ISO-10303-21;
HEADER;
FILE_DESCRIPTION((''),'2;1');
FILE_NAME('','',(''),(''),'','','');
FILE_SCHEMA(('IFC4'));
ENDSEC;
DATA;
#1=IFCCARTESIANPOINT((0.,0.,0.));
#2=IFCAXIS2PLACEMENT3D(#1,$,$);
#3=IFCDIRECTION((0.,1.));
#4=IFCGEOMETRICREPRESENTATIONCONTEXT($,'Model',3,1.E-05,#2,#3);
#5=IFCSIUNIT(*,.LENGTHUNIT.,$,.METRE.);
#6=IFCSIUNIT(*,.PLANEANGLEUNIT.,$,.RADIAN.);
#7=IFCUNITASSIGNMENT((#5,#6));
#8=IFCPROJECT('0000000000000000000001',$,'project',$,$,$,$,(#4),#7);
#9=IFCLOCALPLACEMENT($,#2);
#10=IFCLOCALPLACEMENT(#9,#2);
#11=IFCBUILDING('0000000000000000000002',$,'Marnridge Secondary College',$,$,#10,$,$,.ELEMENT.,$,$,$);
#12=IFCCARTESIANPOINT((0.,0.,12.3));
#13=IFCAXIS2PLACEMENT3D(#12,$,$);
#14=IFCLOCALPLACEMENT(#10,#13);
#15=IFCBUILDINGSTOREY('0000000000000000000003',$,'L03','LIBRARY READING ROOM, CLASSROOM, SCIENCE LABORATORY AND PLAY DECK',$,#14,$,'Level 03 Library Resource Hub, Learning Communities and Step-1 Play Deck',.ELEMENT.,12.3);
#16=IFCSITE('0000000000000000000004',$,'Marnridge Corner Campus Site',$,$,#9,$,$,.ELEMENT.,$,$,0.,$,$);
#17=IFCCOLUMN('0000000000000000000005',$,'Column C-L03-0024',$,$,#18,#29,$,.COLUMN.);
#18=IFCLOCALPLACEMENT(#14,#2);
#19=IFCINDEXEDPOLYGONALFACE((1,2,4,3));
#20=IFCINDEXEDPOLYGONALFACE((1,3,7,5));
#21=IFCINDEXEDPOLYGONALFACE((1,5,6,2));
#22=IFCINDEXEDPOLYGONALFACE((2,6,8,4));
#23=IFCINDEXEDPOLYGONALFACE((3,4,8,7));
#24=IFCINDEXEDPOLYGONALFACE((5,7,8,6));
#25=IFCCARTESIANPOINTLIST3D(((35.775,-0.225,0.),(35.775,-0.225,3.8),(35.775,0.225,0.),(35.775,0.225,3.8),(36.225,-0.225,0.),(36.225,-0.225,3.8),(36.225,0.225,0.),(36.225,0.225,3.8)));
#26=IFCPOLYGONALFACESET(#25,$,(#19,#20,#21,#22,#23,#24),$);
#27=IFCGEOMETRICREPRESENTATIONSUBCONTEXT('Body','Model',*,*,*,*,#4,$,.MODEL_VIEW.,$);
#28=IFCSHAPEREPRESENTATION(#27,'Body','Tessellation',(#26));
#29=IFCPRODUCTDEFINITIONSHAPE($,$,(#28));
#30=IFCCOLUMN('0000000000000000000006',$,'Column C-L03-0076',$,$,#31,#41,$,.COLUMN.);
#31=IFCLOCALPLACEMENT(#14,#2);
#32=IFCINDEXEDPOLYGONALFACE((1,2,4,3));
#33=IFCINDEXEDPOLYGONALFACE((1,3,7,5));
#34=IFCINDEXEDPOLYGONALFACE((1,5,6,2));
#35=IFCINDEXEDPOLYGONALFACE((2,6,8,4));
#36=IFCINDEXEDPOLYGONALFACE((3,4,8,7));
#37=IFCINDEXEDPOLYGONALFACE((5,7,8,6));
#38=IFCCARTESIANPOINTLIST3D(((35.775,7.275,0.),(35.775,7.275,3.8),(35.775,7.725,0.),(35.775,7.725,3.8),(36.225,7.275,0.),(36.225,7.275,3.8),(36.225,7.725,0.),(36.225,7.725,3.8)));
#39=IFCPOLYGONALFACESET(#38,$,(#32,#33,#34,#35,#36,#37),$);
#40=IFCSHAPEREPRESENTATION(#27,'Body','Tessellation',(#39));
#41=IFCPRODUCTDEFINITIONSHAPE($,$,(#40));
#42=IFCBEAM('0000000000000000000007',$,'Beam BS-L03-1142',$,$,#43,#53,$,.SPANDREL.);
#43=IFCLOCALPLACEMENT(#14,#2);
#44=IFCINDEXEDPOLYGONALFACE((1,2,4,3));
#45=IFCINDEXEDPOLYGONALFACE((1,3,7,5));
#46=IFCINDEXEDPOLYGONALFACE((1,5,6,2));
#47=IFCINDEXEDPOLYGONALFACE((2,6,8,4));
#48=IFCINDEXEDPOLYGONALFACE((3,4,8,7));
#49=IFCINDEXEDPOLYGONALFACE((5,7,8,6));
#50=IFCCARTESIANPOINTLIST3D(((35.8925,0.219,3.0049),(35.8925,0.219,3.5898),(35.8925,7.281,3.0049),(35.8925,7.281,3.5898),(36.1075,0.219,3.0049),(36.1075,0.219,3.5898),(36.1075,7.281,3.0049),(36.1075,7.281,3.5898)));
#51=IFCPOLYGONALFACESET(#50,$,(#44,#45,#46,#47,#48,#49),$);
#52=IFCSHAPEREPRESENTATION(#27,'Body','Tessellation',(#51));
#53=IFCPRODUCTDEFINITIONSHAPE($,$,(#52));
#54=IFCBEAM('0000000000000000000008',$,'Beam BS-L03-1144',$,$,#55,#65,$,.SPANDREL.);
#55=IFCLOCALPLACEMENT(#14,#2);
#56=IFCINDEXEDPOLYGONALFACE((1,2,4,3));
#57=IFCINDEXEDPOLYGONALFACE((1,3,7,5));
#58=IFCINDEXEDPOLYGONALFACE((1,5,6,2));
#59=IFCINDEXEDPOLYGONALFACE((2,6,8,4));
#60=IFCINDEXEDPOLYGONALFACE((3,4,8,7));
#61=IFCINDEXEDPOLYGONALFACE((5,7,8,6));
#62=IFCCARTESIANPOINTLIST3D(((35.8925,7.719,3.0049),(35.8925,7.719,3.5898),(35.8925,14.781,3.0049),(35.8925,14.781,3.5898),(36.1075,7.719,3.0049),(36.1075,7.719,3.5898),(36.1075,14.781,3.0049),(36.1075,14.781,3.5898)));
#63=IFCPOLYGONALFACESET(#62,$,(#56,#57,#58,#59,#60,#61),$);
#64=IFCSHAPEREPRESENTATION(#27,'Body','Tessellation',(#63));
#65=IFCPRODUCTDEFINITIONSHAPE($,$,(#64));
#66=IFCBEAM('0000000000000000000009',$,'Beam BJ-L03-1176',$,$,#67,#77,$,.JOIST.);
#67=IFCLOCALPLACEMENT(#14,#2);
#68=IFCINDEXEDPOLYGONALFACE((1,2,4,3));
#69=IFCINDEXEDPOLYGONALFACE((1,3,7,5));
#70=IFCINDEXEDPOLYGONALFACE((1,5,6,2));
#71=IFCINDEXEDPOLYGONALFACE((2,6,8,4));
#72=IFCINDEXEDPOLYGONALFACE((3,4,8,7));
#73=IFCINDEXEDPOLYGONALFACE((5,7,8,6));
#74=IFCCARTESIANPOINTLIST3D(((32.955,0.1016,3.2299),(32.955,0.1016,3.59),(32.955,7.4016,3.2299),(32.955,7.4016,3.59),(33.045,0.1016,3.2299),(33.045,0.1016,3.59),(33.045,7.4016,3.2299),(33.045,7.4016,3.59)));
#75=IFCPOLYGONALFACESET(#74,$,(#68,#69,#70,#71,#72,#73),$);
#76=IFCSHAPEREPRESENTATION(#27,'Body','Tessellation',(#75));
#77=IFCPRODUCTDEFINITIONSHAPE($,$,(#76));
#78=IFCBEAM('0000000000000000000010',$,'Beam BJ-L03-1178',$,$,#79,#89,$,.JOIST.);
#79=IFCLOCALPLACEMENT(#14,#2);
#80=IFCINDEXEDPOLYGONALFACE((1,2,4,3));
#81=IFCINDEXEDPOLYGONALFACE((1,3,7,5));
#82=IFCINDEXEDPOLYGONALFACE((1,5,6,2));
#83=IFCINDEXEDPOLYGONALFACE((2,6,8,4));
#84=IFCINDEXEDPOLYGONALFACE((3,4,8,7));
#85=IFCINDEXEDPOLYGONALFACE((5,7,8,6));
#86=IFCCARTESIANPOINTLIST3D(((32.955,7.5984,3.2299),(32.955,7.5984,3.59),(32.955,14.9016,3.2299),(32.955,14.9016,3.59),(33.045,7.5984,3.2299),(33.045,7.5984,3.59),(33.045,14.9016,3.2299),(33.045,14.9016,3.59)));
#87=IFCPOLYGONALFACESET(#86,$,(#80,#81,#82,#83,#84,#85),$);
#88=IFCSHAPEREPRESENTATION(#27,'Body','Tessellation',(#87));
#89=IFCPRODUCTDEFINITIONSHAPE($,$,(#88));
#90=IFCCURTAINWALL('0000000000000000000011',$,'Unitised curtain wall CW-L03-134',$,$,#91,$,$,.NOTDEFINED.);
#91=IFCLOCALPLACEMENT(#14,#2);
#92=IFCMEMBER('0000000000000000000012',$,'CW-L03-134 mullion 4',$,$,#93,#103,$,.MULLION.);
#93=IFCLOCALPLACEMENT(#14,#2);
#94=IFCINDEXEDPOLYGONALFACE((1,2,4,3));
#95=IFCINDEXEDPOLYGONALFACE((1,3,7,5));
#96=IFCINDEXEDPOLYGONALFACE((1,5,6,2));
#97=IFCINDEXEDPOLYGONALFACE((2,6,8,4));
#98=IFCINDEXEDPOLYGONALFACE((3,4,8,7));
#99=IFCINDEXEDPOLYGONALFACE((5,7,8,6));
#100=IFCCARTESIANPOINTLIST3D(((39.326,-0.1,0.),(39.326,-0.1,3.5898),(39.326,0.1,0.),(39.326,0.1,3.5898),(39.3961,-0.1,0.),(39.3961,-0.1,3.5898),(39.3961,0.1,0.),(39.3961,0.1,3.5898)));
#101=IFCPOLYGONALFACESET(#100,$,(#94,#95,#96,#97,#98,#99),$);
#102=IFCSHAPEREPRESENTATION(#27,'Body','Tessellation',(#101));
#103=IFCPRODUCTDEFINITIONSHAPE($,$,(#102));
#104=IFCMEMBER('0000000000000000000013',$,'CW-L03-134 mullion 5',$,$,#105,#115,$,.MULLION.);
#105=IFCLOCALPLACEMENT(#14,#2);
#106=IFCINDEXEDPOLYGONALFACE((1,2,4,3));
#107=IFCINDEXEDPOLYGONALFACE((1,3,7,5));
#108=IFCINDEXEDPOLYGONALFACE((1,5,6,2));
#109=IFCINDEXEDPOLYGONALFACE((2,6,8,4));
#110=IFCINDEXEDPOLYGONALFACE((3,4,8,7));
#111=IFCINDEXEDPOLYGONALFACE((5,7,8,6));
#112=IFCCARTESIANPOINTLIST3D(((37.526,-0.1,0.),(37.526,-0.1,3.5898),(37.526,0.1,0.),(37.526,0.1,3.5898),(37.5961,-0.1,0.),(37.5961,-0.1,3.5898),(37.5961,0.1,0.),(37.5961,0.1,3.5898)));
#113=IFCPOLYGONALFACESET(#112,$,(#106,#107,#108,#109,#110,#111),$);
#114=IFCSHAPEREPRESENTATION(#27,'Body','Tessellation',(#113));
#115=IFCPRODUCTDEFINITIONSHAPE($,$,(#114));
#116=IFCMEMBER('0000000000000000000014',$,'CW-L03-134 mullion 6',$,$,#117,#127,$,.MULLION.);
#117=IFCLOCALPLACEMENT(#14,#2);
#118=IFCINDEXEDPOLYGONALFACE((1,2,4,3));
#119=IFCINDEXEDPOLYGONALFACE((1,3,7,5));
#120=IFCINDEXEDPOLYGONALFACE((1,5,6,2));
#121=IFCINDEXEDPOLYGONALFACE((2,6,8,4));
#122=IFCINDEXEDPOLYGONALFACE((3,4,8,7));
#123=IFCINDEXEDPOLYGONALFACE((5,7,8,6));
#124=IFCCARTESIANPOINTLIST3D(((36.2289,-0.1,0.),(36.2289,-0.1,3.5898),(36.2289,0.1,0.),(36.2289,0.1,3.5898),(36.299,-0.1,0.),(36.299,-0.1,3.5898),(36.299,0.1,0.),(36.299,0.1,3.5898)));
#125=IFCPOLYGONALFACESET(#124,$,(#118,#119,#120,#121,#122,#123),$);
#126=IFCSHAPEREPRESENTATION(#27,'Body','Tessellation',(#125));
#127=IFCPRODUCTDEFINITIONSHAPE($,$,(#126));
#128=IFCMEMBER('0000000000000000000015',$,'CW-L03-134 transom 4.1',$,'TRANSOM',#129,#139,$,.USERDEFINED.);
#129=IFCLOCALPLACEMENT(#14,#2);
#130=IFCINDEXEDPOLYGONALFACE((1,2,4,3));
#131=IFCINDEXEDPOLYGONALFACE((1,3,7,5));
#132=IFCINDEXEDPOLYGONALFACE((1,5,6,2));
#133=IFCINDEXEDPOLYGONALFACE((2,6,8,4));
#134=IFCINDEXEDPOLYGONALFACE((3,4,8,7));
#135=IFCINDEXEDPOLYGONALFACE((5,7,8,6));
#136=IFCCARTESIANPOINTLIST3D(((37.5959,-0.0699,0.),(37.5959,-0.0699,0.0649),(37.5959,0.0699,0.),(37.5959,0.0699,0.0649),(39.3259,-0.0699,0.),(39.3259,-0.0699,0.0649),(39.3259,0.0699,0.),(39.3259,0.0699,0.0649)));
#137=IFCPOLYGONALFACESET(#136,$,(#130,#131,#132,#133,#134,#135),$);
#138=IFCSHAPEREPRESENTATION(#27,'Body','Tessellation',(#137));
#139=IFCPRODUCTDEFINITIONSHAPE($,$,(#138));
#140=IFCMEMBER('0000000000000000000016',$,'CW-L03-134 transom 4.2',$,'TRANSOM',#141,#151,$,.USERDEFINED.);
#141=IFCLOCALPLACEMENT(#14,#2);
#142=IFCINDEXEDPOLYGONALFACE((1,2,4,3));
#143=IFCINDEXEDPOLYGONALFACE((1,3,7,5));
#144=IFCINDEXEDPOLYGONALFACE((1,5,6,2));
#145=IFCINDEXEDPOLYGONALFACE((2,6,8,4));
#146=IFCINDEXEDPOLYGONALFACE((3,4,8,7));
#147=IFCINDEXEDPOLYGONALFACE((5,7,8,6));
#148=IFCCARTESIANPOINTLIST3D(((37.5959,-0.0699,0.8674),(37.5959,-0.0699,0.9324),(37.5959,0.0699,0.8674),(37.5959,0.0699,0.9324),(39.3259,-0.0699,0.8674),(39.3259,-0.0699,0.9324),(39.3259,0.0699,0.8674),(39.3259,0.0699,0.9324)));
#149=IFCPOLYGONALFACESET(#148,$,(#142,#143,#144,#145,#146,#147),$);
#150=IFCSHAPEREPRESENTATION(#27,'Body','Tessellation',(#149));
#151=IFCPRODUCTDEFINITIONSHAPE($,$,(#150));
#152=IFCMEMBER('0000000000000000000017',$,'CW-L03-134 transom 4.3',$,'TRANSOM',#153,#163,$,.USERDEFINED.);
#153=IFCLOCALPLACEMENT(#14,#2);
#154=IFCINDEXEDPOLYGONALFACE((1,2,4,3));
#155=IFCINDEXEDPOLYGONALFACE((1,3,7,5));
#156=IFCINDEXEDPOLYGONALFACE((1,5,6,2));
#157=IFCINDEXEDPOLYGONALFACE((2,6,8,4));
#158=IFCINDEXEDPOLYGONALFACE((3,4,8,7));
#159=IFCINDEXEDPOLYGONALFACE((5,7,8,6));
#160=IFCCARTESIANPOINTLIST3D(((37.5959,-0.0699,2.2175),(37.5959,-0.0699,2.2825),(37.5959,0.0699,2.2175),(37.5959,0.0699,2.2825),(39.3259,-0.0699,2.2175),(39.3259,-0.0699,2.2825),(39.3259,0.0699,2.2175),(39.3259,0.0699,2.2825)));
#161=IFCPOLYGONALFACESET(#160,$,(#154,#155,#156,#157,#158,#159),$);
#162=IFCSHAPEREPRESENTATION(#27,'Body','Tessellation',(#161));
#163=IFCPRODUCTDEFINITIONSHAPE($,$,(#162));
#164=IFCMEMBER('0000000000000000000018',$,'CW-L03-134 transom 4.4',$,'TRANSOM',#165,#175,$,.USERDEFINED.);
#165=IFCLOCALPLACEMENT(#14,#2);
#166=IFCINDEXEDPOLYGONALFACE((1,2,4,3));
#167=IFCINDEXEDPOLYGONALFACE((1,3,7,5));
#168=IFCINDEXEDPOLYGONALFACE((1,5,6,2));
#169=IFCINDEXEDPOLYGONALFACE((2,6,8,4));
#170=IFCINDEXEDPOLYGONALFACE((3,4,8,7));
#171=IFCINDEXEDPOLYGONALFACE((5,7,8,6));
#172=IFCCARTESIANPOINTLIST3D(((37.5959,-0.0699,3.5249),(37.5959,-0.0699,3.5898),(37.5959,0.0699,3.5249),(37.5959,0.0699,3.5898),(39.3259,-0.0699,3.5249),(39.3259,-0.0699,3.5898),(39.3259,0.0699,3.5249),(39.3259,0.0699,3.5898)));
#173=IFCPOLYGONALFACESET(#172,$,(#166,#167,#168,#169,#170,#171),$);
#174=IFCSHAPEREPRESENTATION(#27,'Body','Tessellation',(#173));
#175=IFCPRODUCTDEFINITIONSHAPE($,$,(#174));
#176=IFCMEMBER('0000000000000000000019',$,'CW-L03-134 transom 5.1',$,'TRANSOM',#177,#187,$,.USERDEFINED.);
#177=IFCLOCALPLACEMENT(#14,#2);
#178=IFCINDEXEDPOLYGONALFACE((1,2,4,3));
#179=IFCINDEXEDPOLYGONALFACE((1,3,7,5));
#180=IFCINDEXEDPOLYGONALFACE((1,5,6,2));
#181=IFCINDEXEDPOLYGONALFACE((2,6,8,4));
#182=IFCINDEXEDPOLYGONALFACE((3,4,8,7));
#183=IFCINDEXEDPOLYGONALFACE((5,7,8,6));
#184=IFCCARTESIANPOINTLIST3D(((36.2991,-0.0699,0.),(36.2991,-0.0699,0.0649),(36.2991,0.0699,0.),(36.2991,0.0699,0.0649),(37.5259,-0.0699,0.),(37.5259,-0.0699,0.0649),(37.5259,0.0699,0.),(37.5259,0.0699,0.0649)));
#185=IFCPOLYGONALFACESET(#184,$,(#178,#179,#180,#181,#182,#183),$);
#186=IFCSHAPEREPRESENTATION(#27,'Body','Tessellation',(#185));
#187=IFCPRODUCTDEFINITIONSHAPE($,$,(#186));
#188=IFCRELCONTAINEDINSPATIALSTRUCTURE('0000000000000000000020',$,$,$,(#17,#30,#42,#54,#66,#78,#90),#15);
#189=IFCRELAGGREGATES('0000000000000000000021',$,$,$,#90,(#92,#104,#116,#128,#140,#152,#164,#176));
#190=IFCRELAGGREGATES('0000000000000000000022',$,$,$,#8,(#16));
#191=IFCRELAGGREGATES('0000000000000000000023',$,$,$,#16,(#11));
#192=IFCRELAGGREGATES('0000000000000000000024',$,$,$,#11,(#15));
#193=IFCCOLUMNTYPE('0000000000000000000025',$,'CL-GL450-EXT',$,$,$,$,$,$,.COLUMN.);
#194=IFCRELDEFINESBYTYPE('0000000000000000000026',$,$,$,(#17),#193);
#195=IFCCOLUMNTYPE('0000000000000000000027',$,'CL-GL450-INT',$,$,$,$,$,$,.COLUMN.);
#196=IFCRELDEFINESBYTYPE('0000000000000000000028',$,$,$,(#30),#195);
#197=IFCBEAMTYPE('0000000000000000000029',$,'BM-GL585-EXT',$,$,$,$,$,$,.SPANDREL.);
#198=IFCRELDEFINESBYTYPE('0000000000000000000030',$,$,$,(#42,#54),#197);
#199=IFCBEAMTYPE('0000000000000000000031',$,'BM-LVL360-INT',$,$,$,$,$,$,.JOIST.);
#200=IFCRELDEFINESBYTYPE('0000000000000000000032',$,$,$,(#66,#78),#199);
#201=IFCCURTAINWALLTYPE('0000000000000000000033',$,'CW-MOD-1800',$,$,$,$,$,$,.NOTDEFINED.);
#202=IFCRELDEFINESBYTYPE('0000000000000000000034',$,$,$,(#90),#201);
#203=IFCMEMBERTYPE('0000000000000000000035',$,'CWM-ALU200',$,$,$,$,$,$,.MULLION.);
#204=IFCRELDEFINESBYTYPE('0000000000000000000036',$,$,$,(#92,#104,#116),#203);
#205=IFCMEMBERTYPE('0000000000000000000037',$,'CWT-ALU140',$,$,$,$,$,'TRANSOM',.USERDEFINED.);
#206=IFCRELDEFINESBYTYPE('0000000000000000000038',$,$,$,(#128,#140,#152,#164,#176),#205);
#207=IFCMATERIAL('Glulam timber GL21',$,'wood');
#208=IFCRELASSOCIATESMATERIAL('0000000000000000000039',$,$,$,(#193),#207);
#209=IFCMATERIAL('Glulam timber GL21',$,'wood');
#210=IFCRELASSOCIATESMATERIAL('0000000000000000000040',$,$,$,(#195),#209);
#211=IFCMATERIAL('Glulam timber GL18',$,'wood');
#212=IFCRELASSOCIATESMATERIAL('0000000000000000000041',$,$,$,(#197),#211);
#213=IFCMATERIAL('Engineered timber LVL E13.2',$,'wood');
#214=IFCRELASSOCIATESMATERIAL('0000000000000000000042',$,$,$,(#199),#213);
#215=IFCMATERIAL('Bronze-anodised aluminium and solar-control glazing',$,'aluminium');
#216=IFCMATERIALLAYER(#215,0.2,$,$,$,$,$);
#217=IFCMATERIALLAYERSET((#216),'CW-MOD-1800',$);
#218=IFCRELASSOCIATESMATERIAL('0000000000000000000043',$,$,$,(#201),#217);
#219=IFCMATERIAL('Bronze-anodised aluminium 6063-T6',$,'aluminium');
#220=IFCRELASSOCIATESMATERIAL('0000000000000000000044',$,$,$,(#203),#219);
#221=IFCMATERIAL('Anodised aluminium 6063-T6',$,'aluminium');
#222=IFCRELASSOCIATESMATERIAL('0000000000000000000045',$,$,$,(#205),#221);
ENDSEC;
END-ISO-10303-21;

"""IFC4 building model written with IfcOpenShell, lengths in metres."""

from ifc_helpers import new_model, si_unit, direction, frame, origin, origin_2d, place, context, subcontext, project, spatial, rectangle, extrude, material, layer, layer_set, material_profile, profile_set, type_object, element, aggregate, save


model = new_model("IFC4")

# Units and contexts
model_context = context("Model", 3, precision=1e-05, world=origin(), true_north=direction((0.0, 1.0)))
body_context = subcontext(model_context, "Body", "Model", "MODEL_VIEW")
ifc_project = project(units=[si_unit("LENGTHUNIT", "METRE"), si_unit("PLANEANGLEUNIT", "RADIAN")], contexts=[model_context])

# Site, building, storey
site_placement = place(None, origin())
site = spatial("IfcSite", under=ifc_project, at=site_placement, Name="Marnridge Corner Campus Site", CompositionType="ELEMENT", RefElevation=0.0)
building_placement = place(site_placement, origin())
building = spatial("IfcBuilding", under=site, at=building_placement, Name="Marnridge Secondary College", CompositionType="ELEMENT")
storey_placement = place(building_placement, frame((0.0, 0.0, 12.3)))
storey = spatial("IfcBuildingStorey", under=building, at=storey_placement, Name="L03", Description="LIBRARY READING ROOM, CLASSROOM, SCIENCE LABORATORY AND PLAY DECK", LongName="Level 03 Library Resource Hub, Learning Communities and Step-1 Play Deck", CompositionType="ELEMENT", Elevation=12.3)

# Columns
ifc_material_1 = material(Name="Glulam timber GL21", Category="wood")
ifc_material_profile_1 = material_profile(ifc_material_1, rectangle(XDim=0.45, YDim=0.45, at=origin_2d()), Name="GL21 450x450")
ifc_profile_set_1 = profile_set([ifc_material_profile_1], Name="Glulam timber GL21")
column_type_1 = type_object("IfcColumnType", Name="CL-GL450-EXT", PredefinedType="COLUMN", material=ifc_profile_set_1)
column_1_placement = place(storey_placement, frame((36.0, 0.0, 0.0), z_axis=(0.0, 0.0, 1.0), x_axis=(1.0, 0.0, 0.0)))
element("IfcColumn", 1, at=column_1_placement, inside=storey, type_object=column_type_1, Name="Column C-L03-0024", PredefinedType="COLUMN", context=body_context, shape_type="SweptSolid", body=[
    extrude(rectangle(XDim=0.45, YDim=0.45, at=origin_2d()), origin(), (0.0, 0.0, 1.0), 3.8),
])
ifc_material_2 = material(Name="Glulam timber GL21", Category="wood")
ifc_material_profile_2 = material_profile(ifc_material_2, rectangle(XDim=0.45, YDim=0.45, at=origin_2d()), Name="GL21 450x450")
ifc_profile_set_2 = profile_set([ifc_material_profile_2], Name="Glulam timber GL21")
column_type_2 = type_object("IfcColumnType", Name="CL-GL450-INT", PredefinedType="COLUMN", material=ifc_profile_set_2)
column_2_placement = place(storey_placement, frame((36.0, 7.5, 0.0), z_axis=(0.0, 0.0, 1.0), x_axis=(1.0, 0.0, 0.0)))
element("IfcColumn", 2, at=column_2_placement, inside=storey, type_object=column_type_2, Name="Column C-L03-0076", PredefinedType="COLUMN", context=body_context, shape_type="SweptSolid", body=[
    extrude(rectangle(XDim=0.45, YDim=0.45, at=origin_2d()), origin(), (0.0, 0.0, 1.0), 3.8),
])

# Beams
ifc_material_3 = material(Name="Glulam timber GL18", Category="wood")
ifc_material_profile_3 = material_profile(ifc_material_3, rectangle(XDim=0.2151, YDim=0.585, at=origin_2d()), Name="GL18 215x585")
ifc_profile_set_3 = profile_set([ifc_material_profile_3], Name="Glulam timber GL18")
beam_type_1 = type_object("IfcBeamType", Name="BM-GL585-EXT", PredefinedType="SPANDREL", material=ifc_profile_set_3)
for number, where, z_axis, x_axis, name in (
    (3, (36.0, 0.219, 3.2974), (0.0, 1.0, 0.0), (-1.0, 0.0, 0.0), "Beam BS-L03-1142"),
    (4, (36.0, 7.719, 3.2974), (0.0, 1.0, 0.0), (-1.0, 0.0, 0.0), "Beam BS-L03-1144"),
):
    element("IfcBeam", number, at=place(storey_placement, frame(where, z_axis=z_axis, x_axis=x_axis)), inside=storey, type_object=beam_type_1, Name=name, PredefinedType="SPANDREL", context=body_context, shape_type="SweptSolid", body=[
        extrude(rectangle(XDim=0.2151, YDim=0.585, at=origin_2d()), origin(), (0.0, 0.0, 1.0), 7.062),
    ])
ifc_material_4 = material(Name="Engineered timber LVL E13.2", Category="wood")
ifc_material_profile_4 = material_profile(ifc_material_4, rectangle(XDim=0.0901, YDim=0.3601, at=origin_2d()), Name="LVL 90x360")
ifc_profile_set_4 = profile_set([ifc_material_profile_4], Name="Engineered timber LVL E13.2")
beam_type_2 = type_object("IfcBeamType", Name="BM-LVL360-INT", PredefinedType="JOIST", material=ifc_profile_set_4)
beam_1_placement = place(storey_placement, frame((33.0, 0.1016, 3.4099), z_axis=(0.0, 1.0, 0.0), x_axis=(-1.0, 0.0, 0.0)))
element("IfcBeam", 5, at=beam_1_placement, inside=storey, type_object=beam_type_2, Name="Beam BJ-L03-1176", PredefinedType="JOIST", context=body_context, shape_type="SweptSolid", body=[
    extrude(rectangle(XDim=0.0901, YDim=0.3601, at=origin_2d()), origin(), (0.0, 0.0, 1.0), 7.3),
])
beam_2_placement = place(storey_placement, frame((33.0, 7.5984, 3.4099), z_axis=(0.0, 1.0, 0.0), x_axis=(-1.0, 0.0, 0.0)))
element("IfcBeam", 6, at=beam_2_placement, inside=storey, type_object=beam_type_2, Name="Beam BJ-L03-1178", PredefinedType="JOIST", context=body_context, shape_type="SweptSolid", body=[
    extrude(rectangle(XDim=0.0901, YDim=0.3601, at=origin_2d()), origin(), (0.0, 0.0, 1.0), 7.3032),
])

# Curtain wall, members
ifc_material_5 = material(Name="Bronze-anodised aluminium and solar-control glazing", Category="aluminium")
ifc_layer_1 = layer(ifc_material_5, 0.2)
ifc_layer_set_1 = layer_set([ifc_layer_1], Name="CW-MOD-1800")
curtain_wall_type = type_object("IfcCurtainWallType", Name="CW-MOD-1800", PredefinedType="NOTDEFINED", material=ifc_layer_set_1)
curtain_wall_placement = place(storey_placement, origin())
curtain_wall = element("IfcCurtainWall", 7, at=curtain_wall_placement, inside=storey, type_object=curtain_wall_type, Name="Unitised curtain wall CW-L03-134", PredefinedType="NOTDEFINED")
ifc_material_6 = material(Name="Bronze-anodised aluminium 6063-T6", Category="aluminium")
ifc_material_profile_5 = material_profile(ifc_material_6, rectangle(XDim=0.0701, YDim=0.2, at=origin_2d()), Name="ALU 70x200")
ifc_profile_set_5 = profile_set([ifc_material_profile_5], Name="Bronze-anodised aluminium 6063-T6")
member_type_1 = type_object("IfcMemberType", Name="CWM-ALU200", PredefinedType="MULLION", material=ifc_profile_set_5)
member_1_placement = place(storey_placement, frame((39.3611, 0.0, 0.0), z_axis=(0.0, 0.0, 1.0), x_axis=(-1.0, 0.0, 0.0)))
member_1 = element("IfcMember", 8, at=member_1_placement, type_object=member_type_1, Name="CW-L03-134 mullion 4", PredefinedType="MULLION", context=body_context, shape_type="SweptSolid", body=[
    extrude(rectangle(XDim=0.0701, YDim=0.2, at=origin_2d()), origin(), (0.0, 0.0, 1.0), 3.5898),
])
member_2_placement = place(storey_placement, frame((37.561, 0.0, 0.0), z_axis=(0.0, 0.0, 1.0), x_axis=(-1.0, 0.0, 0.0)))
member_2 = element("IfcMember", 9, at=member_2_placement, type_object=member_type_1, Name="CW-L03-134 mullion 5", PredefinedType="MULLION", context=body_context, shape_type="SweptSolid", body=[
    extrude(rectangle(XDim=0.0701, YDim=0.2, at=origin_2d()), origin(), (0.0, 0.0, 1.0), 3.5898),
])
member_3_placement = place(storey_placement, frame((36.2639, 0.0, 0.0), z_axis=(0.0, 0.0, 1.0), x_axis=(-1.0, 0.0, 0.0)))
member_3 = element("IfcMember", 10, at=member_3_placement, type_object=member_type_1, Name="CW-L03-134 mullion 6", PredefinedType="MULLION", context=body_context, shape_type="SweptSolid", body=[
    extrude(rectangle(XDim=0.0701, YDim=0.2, at=origin_2d()), origin(), (0.0, 0.0, 1.0), 3.5898),
])
ifc_material_7 = material(Name="Anodised aluminium 6063-T6", Category="aluminium")
ifc_material_profile_6 = material_profile(ifc_material_7, rectangle(XDim=0.0649, YDim=0.1399, at=origin_2d()), Name="ALU 65x140")
ifc_profile_set_6 = profile_set([ifc_material_profile_6], Name="Anodised aluminium 6063-T6")
member_type_2 = type_object("IfcMemberType", Name="CWT-ALU140", ElementType="TRANSOM", PredefinedType="USERDEFINED", material=ifc_profile_set_6)
member_4_placement = place(storey_placement, frame((39.3259, 0.0, 0.0325), z_axis=(-1.0, 0.0, 0.0), x_axis=(0.0, 0.0, 1.0)))
member_4 = element("IfcMember", 11, at=member_4_placement, type_object=member_type_2, Name="CW-L03-134 transom 4.1", ObjectType="TRANSOM", PredefinedType="USERDEFINED", context=body_context, shape_type="SweptSolid", body=[
    extrude(rectangle(XDim=0.0649, YDim=0.1399, at=origin_2d()), origin(), (0.0, 0.0, 1.0), 1.73),
])
member_5_placement = place(storey_placement, frame((39.3259, 0.0, 0.8999), z_axis=(-1.0, 0.0, 0.0), x_axis=(0.0, 0.0, 1.0)))
member_5 = element("IfcMember", 12, at=member_5_placement, type_object=member_type_2, Name="CW-L03-134 transom 4.2", ObjectType="TRANSOM", PredefinedType="USERDEFINED", context=body_context, shape_type="SweptSolid", body=[
    extrude(rectangle(XDim=0.0649, YDim=0.1399, at=origin_2d()), origin(), (0.0, 0.0, 1.0), 1.73),
])
member_6_placement = place(storey_placement, frame((39.3259, 0.0, 2.25), z_axis=(-1.0, 0.0, 0.0), x_axis=(0.0, 0.0, 1.0)))
member_6 = element("IfcMember", 13, at=member_6_placement, type_object=member_type_2, Name="CW-L03-134 transom 4.3", ObjectType="TRANSOM", PredefinedType="USERDEFINED", context=body_context, shape_type="SweptSolid", body=[
    extrude(rectangle(XDim=0.0649, YDim=0.1399, at=origin_2d()), origin(), (0.0, 0.0, 1.0), 1.73),
])
member_7_placement = place(storey_placement, frame((39.3259, 0.0, 3.5574), z_axis=(-1.0, 0.0, 0.0), x_axis=(0.0, 0.0, 1.0)))
member_7 = element("IfcMember", 14, at=member_7_placement, type_object=member_type_2, Name="CW-L03-134 transom 4.4", ObjectType="TRANSOM", PredefinedType="USERDEFINED", context=body_context, shape_type="SweptSolid", body=[
    extrude(rectangle(XDim=0.0649, YDim=0.1399, at=origin_2d()), origin(), (0.0, 0.0, 1.0), 1.73),
])
member_8_placement = place(storey_placement, frame((37.5259, 0.0, 0.0325), z_axis=(-1.0, 0.0, 0.0), x_axis=(0.0, 0.0, 1.0)))
member_8 = element("IfcMember", 15, at=member_8_placement, type_object=member_type_2, Name="CW-L03-134 transom 5.1", ObjectType="TRANSOM", PredefinedType="USERDEFINED", context=body_context, shape_type="SweptSolid", body=[
    extrude(rectangle(XDim=0.0649, YDim=0.1399, at=origin_2d()), origin(), (0.0, 0.0, 1.0), 1.2268),
])
aggregate(curtain_wall, [member_1, member_2, member_3, member_4, member_5, member_6, member_7, member_8])

save(model, "model.ifc")
